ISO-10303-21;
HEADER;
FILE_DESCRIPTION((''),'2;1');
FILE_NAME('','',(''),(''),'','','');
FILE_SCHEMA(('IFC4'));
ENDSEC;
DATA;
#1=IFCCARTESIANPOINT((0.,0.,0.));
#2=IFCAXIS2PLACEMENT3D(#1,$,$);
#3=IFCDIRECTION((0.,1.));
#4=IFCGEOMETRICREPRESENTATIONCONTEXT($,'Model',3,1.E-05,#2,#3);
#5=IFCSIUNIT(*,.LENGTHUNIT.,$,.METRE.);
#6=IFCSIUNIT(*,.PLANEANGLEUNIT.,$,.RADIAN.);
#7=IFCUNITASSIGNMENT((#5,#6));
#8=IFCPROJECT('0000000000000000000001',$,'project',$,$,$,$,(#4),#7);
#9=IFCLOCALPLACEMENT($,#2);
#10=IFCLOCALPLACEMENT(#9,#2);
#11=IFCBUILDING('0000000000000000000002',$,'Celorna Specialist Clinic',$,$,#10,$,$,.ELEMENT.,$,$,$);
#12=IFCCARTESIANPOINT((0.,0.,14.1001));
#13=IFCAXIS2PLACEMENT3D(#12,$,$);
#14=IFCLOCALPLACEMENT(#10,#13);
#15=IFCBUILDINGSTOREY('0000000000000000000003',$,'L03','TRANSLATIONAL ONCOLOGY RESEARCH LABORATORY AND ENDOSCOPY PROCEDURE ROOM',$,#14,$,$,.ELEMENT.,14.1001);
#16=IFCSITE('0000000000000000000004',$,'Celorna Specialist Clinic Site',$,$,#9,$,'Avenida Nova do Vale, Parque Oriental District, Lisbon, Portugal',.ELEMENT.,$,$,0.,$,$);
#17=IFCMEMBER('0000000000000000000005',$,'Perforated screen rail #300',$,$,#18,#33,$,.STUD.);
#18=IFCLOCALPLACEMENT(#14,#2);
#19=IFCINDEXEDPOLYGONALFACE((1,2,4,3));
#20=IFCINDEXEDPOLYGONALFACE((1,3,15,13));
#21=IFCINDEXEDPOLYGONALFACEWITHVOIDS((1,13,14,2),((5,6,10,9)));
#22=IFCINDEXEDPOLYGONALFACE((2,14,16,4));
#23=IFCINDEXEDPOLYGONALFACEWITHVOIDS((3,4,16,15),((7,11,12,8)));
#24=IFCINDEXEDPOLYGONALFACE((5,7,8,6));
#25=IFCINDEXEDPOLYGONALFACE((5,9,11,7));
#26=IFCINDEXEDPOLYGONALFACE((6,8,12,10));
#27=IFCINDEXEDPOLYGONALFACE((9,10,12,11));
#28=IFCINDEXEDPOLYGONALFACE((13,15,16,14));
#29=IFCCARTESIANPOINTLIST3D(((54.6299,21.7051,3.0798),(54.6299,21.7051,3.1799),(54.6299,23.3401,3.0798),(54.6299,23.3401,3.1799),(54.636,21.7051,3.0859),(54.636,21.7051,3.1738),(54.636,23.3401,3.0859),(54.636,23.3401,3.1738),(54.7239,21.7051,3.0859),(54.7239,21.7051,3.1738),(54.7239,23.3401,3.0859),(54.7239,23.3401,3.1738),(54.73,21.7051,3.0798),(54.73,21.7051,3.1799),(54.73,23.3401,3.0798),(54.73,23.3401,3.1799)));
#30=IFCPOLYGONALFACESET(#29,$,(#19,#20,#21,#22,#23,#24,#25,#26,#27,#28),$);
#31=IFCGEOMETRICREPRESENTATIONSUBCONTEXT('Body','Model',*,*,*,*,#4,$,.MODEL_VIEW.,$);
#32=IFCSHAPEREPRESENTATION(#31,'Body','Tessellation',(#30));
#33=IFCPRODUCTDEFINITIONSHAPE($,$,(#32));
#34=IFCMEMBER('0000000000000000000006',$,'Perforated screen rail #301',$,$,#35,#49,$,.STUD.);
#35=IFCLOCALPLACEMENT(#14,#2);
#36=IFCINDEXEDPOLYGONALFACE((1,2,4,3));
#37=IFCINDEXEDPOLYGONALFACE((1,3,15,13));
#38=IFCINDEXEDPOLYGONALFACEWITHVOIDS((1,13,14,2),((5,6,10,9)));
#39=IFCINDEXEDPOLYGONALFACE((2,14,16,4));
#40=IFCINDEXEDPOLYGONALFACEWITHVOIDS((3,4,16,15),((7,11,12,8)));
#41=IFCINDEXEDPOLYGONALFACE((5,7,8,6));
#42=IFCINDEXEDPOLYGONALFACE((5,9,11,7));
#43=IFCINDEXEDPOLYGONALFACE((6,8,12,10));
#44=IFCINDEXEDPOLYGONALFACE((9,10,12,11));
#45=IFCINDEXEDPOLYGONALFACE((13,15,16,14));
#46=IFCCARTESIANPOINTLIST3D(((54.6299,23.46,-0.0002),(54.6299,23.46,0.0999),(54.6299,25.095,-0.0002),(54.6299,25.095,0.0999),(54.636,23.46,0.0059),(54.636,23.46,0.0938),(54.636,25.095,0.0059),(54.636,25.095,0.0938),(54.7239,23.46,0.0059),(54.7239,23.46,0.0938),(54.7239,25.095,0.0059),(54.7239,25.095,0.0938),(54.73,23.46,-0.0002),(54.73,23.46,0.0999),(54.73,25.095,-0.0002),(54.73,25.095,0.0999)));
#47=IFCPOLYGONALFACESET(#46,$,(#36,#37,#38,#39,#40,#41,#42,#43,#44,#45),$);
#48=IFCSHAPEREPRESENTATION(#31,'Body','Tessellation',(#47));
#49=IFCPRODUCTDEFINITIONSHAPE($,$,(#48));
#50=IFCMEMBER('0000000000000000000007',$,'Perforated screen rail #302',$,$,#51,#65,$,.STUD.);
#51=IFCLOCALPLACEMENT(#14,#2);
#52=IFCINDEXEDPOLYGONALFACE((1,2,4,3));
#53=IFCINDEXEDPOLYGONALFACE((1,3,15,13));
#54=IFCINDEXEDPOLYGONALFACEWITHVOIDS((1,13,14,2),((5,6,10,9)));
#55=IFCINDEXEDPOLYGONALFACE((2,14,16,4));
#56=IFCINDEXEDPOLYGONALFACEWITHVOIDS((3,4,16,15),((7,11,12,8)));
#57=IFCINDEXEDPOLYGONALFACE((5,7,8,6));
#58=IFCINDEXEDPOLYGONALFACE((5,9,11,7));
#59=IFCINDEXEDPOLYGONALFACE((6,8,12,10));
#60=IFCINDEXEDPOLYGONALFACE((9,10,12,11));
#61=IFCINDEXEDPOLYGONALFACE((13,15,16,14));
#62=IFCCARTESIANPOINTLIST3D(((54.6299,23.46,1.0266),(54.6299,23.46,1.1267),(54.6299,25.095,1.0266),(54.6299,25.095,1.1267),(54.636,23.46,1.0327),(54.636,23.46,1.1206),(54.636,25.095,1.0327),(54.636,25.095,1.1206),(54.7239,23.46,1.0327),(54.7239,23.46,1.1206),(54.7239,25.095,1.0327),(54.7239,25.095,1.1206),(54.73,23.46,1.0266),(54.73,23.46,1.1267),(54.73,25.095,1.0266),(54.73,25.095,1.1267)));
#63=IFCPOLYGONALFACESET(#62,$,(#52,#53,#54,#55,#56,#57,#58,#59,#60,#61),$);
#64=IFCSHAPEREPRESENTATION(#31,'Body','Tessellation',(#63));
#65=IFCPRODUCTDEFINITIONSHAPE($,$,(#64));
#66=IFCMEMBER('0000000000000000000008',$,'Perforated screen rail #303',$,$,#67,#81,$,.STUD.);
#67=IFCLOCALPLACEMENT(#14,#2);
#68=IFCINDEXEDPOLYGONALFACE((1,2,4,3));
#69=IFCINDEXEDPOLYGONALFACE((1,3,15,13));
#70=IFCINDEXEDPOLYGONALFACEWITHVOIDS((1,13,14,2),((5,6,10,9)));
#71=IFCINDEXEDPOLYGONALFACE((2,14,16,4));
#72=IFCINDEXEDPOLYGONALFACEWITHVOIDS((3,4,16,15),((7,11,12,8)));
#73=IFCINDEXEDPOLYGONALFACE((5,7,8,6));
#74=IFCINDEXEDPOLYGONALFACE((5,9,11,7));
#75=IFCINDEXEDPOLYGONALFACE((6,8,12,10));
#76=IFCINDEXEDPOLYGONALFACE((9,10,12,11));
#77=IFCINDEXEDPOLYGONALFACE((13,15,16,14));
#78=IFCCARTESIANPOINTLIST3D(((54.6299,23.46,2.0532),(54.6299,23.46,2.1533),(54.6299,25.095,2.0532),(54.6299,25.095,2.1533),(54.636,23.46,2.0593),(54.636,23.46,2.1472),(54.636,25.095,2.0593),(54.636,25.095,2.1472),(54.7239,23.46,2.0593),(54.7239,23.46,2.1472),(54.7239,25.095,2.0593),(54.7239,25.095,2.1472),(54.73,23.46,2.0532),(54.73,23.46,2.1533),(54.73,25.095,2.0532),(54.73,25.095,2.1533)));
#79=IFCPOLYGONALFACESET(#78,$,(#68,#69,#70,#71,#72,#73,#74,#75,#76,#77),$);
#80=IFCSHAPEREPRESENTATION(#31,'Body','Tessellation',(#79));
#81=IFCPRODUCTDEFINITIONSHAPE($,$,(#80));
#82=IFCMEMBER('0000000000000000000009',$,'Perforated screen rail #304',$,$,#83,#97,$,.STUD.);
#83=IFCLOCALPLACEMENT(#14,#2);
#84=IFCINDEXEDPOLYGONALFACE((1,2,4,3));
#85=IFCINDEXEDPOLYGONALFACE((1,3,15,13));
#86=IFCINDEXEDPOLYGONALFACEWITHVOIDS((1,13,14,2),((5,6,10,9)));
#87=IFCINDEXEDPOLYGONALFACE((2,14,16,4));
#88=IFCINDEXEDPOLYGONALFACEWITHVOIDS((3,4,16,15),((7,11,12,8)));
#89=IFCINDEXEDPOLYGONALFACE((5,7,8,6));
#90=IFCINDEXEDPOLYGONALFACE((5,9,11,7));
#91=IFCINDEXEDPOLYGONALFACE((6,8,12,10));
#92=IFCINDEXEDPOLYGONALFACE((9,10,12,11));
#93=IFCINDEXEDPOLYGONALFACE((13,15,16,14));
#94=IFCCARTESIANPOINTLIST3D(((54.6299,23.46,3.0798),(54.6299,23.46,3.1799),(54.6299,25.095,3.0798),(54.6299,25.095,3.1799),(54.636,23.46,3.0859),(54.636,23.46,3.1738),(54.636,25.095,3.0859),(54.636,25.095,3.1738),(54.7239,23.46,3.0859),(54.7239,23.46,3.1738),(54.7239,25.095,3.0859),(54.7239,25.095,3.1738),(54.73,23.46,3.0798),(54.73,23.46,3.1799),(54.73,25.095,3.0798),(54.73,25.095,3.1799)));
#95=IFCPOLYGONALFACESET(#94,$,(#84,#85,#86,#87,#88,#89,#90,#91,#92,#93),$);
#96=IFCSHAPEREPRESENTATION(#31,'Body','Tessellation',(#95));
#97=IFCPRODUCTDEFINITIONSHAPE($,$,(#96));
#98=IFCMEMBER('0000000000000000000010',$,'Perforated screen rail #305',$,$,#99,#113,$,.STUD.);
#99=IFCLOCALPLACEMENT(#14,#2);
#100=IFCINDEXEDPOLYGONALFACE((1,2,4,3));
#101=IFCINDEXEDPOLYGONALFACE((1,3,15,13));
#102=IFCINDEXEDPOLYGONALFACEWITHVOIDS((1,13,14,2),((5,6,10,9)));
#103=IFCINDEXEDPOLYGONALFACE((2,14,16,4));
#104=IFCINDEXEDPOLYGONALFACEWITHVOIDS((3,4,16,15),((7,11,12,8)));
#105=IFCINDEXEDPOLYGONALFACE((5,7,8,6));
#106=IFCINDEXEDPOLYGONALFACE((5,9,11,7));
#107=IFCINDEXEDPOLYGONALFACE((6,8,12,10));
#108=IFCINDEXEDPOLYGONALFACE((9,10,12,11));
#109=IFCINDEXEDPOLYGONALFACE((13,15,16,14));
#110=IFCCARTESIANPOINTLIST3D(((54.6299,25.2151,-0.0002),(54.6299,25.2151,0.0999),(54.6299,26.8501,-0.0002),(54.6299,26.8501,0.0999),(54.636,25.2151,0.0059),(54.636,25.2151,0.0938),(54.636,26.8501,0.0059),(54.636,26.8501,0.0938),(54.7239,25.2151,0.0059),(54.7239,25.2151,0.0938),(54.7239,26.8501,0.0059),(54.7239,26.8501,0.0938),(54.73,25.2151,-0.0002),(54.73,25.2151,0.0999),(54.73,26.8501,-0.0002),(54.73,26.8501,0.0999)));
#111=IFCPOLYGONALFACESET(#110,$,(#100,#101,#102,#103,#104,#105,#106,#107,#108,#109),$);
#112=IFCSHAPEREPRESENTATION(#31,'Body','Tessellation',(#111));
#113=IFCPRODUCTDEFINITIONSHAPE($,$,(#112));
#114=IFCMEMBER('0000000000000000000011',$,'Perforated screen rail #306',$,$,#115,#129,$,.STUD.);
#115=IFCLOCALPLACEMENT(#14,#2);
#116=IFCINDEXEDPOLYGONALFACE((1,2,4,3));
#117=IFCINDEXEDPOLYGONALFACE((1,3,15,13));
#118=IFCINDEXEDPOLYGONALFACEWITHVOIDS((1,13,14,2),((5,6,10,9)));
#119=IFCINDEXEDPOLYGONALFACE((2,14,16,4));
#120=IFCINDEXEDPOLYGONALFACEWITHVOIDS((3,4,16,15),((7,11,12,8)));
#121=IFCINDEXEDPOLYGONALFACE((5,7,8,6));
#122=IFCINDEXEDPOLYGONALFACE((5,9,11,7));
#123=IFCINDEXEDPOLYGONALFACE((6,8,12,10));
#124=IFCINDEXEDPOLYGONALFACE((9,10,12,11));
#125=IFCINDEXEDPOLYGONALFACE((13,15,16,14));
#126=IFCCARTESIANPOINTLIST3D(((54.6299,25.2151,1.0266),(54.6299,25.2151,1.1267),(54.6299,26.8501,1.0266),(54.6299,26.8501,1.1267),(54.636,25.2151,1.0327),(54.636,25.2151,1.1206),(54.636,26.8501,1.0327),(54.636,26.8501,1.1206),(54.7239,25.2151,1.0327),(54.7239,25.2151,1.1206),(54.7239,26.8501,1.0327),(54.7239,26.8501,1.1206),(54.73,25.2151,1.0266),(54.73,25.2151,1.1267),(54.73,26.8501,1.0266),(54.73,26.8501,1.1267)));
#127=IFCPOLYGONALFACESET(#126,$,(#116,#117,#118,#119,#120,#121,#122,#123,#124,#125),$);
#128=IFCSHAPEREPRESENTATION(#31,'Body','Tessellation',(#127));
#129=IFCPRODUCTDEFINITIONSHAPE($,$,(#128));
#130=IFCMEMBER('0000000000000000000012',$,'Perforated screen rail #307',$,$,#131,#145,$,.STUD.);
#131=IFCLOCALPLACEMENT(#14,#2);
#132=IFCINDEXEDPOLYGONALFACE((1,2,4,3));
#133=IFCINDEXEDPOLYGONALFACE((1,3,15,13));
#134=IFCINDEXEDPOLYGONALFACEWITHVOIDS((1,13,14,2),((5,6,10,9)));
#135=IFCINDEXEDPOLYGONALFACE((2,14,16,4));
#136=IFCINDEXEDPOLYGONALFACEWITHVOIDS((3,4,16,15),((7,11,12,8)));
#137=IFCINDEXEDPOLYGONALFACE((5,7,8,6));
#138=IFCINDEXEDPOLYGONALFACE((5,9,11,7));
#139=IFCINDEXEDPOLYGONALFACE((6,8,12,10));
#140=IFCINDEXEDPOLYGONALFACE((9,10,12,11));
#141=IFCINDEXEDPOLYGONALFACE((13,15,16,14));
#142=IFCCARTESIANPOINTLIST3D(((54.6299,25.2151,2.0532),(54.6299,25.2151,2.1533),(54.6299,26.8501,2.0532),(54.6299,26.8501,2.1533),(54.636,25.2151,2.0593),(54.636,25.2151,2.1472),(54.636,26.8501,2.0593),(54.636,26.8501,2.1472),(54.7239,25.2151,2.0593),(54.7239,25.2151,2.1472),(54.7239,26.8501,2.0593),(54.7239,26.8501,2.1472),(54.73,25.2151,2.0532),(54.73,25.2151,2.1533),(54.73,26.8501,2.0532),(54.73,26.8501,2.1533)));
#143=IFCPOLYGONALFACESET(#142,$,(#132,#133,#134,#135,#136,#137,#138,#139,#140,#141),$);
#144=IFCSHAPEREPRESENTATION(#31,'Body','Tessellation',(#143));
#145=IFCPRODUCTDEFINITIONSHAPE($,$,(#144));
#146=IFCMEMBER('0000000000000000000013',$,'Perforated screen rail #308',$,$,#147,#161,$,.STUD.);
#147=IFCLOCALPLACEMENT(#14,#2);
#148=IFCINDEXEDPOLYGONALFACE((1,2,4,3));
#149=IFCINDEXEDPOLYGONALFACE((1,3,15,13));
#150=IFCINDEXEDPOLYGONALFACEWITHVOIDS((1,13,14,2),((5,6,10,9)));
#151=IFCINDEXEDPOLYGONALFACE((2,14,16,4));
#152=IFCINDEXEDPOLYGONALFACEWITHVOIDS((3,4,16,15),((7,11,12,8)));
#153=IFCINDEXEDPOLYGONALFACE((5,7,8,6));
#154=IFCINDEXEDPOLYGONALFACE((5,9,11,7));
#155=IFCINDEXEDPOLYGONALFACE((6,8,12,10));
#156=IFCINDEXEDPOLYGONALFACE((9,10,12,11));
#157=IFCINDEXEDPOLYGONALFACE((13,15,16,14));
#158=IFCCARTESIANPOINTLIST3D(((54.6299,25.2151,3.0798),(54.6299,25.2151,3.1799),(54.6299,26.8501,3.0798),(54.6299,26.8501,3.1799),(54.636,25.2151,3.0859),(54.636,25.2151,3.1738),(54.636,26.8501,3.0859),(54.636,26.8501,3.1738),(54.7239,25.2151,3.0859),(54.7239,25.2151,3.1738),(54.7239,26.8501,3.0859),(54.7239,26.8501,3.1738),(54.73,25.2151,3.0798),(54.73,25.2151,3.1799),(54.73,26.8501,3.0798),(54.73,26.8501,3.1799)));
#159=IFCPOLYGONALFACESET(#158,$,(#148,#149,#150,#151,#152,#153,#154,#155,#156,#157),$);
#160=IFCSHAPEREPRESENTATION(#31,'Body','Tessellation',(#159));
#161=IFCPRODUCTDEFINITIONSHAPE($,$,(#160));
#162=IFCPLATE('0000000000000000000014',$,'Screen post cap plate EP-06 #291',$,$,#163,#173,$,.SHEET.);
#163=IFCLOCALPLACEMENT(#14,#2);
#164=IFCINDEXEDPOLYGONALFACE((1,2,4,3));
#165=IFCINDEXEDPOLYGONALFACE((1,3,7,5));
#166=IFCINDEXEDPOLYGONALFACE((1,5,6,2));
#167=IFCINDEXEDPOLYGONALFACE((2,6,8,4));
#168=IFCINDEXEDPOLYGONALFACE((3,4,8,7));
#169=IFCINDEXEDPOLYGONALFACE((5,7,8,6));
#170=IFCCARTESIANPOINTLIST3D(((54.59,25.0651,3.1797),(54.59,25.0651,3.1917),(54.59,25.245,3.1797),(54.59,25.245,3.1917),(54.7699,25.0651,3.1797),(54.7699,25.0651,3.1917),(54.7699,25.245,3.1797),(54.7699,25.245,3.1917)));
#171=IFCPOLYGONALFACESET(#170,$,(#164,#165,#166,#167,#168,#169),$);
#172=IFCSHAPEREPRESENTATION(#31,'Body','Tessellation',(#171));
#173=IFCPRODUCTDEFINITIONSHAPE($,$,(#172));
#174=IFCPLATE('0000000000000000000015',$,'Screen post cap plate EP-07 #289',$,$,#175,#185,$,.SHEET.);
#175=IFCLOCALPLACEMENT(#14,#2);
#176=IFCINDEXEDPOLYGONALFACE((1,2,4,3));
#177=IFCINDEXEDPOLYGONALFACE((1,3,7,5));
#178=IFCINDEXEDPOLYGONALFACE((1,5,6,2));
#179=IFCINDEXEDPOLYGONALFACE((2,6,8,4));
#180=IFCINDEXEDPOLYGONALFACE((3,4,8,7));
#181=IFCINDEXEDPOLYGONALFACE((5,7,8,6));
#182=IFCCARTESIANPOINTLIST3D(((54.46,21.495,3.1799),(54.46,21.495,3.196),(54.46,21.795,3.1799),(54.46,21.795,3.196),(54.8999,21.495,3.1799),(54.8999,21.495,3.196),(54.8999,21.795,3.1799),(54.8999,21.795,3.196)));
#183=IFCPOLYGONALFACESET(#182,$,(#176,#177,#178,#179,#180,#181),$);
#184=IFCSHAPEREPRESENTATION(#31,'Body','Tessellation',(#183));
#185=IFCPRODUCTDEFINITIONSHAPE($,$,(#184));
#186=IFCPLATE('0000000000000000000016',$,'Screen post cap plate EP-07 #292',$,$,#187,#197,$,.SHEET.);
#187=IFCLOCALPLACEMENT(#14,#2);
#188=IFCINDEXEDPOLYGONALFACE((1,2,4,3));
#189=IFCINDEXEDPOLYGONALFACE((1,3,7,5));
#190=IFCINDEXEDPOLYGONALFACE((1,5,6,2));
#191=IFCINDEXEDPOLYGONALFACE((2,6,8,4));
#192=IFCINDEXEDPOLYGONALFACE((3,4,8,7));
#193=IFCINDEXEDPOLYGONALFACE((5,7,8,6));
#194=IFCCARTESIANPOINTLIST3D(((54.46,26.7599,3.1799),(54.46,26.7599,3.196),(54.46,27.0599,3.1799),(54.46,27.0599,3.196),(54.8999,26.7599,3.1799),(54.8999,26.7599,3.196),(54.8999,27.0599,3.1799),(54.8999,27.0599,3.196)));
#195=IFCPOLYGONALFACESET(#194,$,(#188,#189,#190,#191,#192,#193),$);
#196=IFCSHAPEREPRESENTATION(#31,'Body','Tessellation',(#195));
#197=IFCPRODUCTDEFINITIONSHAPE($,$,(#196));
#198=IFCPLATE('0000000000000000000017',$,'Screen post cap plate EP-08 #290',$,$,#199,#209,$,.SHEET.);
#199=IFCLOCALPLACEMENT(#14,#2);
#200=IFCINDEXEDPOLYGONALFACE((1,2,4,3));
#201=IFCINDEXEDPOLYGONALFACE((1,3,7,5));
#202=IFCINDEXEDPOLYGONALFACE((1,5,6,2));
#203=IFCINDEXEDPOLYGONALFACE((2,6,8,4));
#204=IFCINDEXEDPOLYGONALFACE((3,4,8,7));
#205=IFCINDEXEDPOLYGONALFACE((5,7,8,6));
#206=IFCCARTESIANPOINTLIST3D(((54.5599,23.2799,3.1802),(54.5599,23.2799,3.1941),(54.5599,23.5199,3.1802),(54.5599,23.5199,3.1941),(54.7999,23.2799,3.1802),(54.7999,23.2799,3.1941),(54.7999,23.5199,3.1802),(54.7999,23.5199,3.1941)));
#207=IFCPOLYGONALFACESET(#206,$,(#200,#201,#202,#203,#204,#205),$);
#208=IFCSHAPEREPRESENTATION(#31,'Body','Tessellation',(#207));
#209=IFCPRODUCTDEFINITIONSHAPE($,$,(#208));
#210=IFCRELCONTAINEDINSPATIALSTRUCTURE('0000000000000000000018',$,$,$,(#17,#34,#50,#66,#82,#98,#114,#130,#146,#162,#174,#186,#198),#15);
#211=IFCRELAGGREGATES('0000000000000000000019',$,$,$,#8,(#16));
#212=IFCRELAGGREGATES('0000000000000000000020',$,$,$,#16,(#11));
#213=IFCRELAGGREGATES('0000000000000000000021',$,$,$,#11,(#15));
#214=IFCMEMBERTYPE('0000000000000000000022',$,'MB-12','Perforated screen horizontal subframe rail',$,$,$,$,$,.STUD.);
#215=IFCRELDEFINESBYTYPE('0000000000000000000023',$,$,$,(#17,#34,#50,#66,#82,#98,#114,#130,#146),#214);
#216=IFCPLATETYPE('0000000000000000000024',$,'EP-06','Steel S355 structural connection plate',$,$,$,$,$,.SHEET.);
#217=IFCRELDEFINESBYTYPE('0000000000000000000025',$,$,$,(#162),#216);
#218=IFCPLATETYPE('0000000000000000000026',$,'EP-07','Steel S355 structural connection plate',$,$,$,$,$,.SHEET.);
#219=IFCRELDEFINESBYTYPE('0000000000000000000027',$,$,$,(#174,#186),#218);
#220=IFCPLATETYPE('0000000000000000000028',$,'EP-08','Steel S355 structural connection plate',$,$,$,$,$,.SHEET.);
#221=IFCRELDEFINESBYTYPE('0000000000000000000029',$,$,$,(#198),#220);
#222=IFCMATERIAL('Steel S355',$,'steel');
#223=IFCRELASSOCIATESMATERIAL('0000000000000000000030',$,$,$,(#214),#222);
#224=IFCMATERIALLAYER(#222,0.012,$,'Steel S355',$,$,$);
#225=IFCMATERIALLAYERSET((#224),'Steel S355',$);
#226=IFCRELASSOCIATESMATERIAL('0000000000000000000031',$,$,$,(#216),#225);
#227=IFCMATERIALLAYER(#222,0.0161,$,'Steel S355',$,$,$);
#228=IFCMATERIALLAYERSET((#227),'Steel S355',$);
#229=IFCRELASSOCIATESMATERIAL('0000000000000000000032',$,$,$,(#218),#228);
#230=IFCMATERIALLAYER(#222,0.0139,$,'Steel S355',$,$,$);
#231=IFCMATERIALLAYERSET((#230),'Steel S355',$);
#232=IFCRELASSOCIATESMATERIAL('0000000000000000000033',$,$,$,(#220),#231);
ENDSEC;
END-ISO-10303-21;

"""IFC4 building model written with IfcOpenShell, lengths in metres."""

from ifc_helpers import new_model, si_unit, direction, frame, origin, origin_2d, place, context, subcontext, project, spatial, rectangle, hollow_rectangle, extrude, material, layer, layer_set, material_profile, profile_set, type_object, element, save


model = new_model("IFC4")

# Units and contexts
model_context = context("Model", 3, precision=1e-05, world=origin(), true_north=direction((0.0, 1.0)))
body_context = subcontext(model_context, "Body", "Model", "MODEL_VIEW")
ifc_project = project(units=[si_unit("LENGTHUNIT", "METRE"), si_unit("PLANEANGLEUNIT", "RADIAN")], contexts=[model_context])

# Site, building, storey
site_placement = place(None, origin())
site = spatial("IfcSite", under=ifc_project, at=site_placement, Name="Celorna Specialist Clinic Site", LongName="Avenida Nova do Vale, Parque Oriental District, Lisbon, Portugal", CompositionType="ELEMENT", RefElevation=0.0)
building_placement = place(site_placement, origin())
building = spatial("IfcBuilding", under=site, at=building_placement, Name="Celorna Specialist Clinic", CompositionType="ELEMENT")
storey_placement = place(building_placement, frame((0.0, 0.0, 14.1001)))
storey = spatial("IfcBuildingStorey", under=building, at=storey_placement, Name="L03", Description="TRANSLATIONAL ONCOLOGY RESEARCH LABORATORY AND ENDOSCOPY PROCEDURE ROOM", CompositionType="ELEMENT", Elevation=14.1001)

# Shared definitions
ifc_material_1 = material(Name="Steel S355", Category="steel")

# Members
ifc_material_profile_1 = material_profile(ifc_material_1, hollow_rectangle(XDim=0.1001, YDim=0.1001, WallThickness=0.0061, at=origin_2d()), Name="SHS 100x100x6")
ifc_profile_set_1 = profile_set([ifc_material_profile_1], Name="Steel S355")
member_type_1 = type_object("IfcMemberType", Name="MB-12", Description="Perforated screen horizontal subframe rail", PredefinedType="STUD", material=ifc_profile_set_1)
for number, where, z_axis, x_axis, name in (
    (1, (54.6799, 21.7051, 3.1299), (0.0, 1.0, 0.0), (-1.0, 0.0, 0.0), "Perforated screen rail #300"),
    (2, (54.6799, 23.46, 0.0498), (0.0, 1.0, 0.0), (-1.0, 0.0, 0.0), "Perforated screen rail #301"),
    (3, (54.6799, 23.46, 1.0767), (0.0, 1.0, 0.0), (-1.0, 0.0, 0.0), "Perforated screen rail #302"),
    (4, (54.6799, 23.46, 2.1033), (0.0, 1.0, 0.0), (-1.0, 0.0, 0.0), "Perforated screen rail #303"),
    (5, (54.6799, 23.46, 3.1299), (0.0, 1.0, 0.0), (-1.0, 0.0, 0.0), "Perforated screen rail #304"),
    (6, (54.6799, 25.2151, 0.0498), (0.0, 1.0, 0.0), (-1.0, 0.0, 0.0), "Perforated screen rail #305"),
    (7, (54.6799, 25.2151, 1.0767), (0.0, 1.0, 0.0), (-1.0, 0.0, 0.0), "Perforated screen rail #306"),
    (8, (54.6799, 25.2151, 2.1033), (0.0, 1.0, 0.0), (-1.0, 0.0, 0.0), "Perforated screen rail #307"),
    (9, (54.6799, 25.2151, 3.1299), (0.0, 1.0, 0.0), (-1.0, 0.0, 0.0), "Perforated screen rail #308"),
):
    element("IfcMember", number, at=place(storey_placement, frame(where, z_axis=z_axis, x_axis=x_axis)), inside=storey, type_object=member_type_1, Name=name, PredefinedType="STUD", context=body_context, shape_type="SweptSolid", body=[
        extrude(hollow_rectangle(XDim=0.1001, YDim=0.1001, WallThickness=0.0061, at=origin_2d()), origin(), (0.0, 0.0, 1.0), 1.635),
    ])

# Plates
ifc_layer_1 = layer(ifc_material_1, 0.012, Name="Steel S355")
ifc_layer_set_1 = layer_set([ifc_layer_1], Name="Steel S355")
plate_type_1 = type_object("IfcPlateType", Name="EP-06", Description="Steel S355 structural connection plate", PredefinedType="SHEET", material=ifc_layer_set_1)
plate_1_placement = place(storey_placement, frame((54.6799, 25.155, 3.1797), z_axis=(0.0, 0.0, 1.0), x_axis=(0.0, 1.0, 0.0)))
element("IfcPlate", 10, at=plate_1_placement, inside=storey, type_object=plate_type_1, Name="Screen post cap plate EP-06 #291", PredefinedType="SHEET", context=body_context, shape_type="SweptSolid", body=[
    extrude(rectangle(XDim=0.1799, YDim=0.1799, at=origin_2d()), origin(), (0.0, 0.0, 1.0), 0.012),
])
ifc_layer_2 = layer(ifc_material_1, 0.0161, Name="Steel S355")
ifc_layer_set_2 = layer_set([ifc_layer_2], Name="Steel S355")
plate_type_2 = type_object("IfcPlateType", Name="EP-07", Description="Steel S355 structural connection plate", PredefinedType="SHEET", material=ifc_layer_set_2)
for number, where, z_axis, x_axis, name in (
    (11, (54.6799, 21.645, 3.1799), (0.0, 0.0, 1.0), (0.0, 1.0, 0.0), "Screen post cap plate EP-07 #289"),
    (12, (54.6799, 26.9099, 3.1799), (0.0, 0.0, 1.0), (0.0, 1.0, 0.0), "Screen post cap plate EP-07 #292"),
):
    element("IfcPlate", number, at=place(storey_placement, frame(where, z_axis=z_axis, x_axis=x_axis)), inside=storey, type_object=plate_type_2, Name=name, PredefinedType="SHEET", context=body_context, shape_type="SweptSolid", body=[
        extrude(rectangle(XDim=0.3, YDim=0.4399, at=origin_2d()), origin(), (0.0, 0.0, 1.0), 0.0161),
    ])
ifc_layer_3 = layer(ifc_material_1, 0.0139, Name="Steel S355")
ifc_layer_set_3 = layer_set([ifc_layer_3], Name="Steel S355")
plate_type_3 = type_object("IfcPlateType", Name="EP-08", Description="Steel S355 structural connection plate", PredefinedType="SHEET", material=ifc_layer_set_3)
plate_2_placement = place(storey_placement, frame((54.6799, 23.3999, 3.1802), z_axis=(0.0, 0.0, 1.0), x_axis=(0.0, 1.0, 0.0)))
element("IfcPlate", 13, at=plate_2_placement, inside=storey, type_object=plate_type_3, Name="Screen post cap plate EP-08 #290", PredefinedType="SHEET", context=body_context, shape_type="SweptSolid", body=[
    extrude(rectangle(XDim=0.24, YDim=0.24, at=origin_2d()), origin(), (0.0, 0.0, 1.0), 0.0139),
])

save(model, "model.ifc")
